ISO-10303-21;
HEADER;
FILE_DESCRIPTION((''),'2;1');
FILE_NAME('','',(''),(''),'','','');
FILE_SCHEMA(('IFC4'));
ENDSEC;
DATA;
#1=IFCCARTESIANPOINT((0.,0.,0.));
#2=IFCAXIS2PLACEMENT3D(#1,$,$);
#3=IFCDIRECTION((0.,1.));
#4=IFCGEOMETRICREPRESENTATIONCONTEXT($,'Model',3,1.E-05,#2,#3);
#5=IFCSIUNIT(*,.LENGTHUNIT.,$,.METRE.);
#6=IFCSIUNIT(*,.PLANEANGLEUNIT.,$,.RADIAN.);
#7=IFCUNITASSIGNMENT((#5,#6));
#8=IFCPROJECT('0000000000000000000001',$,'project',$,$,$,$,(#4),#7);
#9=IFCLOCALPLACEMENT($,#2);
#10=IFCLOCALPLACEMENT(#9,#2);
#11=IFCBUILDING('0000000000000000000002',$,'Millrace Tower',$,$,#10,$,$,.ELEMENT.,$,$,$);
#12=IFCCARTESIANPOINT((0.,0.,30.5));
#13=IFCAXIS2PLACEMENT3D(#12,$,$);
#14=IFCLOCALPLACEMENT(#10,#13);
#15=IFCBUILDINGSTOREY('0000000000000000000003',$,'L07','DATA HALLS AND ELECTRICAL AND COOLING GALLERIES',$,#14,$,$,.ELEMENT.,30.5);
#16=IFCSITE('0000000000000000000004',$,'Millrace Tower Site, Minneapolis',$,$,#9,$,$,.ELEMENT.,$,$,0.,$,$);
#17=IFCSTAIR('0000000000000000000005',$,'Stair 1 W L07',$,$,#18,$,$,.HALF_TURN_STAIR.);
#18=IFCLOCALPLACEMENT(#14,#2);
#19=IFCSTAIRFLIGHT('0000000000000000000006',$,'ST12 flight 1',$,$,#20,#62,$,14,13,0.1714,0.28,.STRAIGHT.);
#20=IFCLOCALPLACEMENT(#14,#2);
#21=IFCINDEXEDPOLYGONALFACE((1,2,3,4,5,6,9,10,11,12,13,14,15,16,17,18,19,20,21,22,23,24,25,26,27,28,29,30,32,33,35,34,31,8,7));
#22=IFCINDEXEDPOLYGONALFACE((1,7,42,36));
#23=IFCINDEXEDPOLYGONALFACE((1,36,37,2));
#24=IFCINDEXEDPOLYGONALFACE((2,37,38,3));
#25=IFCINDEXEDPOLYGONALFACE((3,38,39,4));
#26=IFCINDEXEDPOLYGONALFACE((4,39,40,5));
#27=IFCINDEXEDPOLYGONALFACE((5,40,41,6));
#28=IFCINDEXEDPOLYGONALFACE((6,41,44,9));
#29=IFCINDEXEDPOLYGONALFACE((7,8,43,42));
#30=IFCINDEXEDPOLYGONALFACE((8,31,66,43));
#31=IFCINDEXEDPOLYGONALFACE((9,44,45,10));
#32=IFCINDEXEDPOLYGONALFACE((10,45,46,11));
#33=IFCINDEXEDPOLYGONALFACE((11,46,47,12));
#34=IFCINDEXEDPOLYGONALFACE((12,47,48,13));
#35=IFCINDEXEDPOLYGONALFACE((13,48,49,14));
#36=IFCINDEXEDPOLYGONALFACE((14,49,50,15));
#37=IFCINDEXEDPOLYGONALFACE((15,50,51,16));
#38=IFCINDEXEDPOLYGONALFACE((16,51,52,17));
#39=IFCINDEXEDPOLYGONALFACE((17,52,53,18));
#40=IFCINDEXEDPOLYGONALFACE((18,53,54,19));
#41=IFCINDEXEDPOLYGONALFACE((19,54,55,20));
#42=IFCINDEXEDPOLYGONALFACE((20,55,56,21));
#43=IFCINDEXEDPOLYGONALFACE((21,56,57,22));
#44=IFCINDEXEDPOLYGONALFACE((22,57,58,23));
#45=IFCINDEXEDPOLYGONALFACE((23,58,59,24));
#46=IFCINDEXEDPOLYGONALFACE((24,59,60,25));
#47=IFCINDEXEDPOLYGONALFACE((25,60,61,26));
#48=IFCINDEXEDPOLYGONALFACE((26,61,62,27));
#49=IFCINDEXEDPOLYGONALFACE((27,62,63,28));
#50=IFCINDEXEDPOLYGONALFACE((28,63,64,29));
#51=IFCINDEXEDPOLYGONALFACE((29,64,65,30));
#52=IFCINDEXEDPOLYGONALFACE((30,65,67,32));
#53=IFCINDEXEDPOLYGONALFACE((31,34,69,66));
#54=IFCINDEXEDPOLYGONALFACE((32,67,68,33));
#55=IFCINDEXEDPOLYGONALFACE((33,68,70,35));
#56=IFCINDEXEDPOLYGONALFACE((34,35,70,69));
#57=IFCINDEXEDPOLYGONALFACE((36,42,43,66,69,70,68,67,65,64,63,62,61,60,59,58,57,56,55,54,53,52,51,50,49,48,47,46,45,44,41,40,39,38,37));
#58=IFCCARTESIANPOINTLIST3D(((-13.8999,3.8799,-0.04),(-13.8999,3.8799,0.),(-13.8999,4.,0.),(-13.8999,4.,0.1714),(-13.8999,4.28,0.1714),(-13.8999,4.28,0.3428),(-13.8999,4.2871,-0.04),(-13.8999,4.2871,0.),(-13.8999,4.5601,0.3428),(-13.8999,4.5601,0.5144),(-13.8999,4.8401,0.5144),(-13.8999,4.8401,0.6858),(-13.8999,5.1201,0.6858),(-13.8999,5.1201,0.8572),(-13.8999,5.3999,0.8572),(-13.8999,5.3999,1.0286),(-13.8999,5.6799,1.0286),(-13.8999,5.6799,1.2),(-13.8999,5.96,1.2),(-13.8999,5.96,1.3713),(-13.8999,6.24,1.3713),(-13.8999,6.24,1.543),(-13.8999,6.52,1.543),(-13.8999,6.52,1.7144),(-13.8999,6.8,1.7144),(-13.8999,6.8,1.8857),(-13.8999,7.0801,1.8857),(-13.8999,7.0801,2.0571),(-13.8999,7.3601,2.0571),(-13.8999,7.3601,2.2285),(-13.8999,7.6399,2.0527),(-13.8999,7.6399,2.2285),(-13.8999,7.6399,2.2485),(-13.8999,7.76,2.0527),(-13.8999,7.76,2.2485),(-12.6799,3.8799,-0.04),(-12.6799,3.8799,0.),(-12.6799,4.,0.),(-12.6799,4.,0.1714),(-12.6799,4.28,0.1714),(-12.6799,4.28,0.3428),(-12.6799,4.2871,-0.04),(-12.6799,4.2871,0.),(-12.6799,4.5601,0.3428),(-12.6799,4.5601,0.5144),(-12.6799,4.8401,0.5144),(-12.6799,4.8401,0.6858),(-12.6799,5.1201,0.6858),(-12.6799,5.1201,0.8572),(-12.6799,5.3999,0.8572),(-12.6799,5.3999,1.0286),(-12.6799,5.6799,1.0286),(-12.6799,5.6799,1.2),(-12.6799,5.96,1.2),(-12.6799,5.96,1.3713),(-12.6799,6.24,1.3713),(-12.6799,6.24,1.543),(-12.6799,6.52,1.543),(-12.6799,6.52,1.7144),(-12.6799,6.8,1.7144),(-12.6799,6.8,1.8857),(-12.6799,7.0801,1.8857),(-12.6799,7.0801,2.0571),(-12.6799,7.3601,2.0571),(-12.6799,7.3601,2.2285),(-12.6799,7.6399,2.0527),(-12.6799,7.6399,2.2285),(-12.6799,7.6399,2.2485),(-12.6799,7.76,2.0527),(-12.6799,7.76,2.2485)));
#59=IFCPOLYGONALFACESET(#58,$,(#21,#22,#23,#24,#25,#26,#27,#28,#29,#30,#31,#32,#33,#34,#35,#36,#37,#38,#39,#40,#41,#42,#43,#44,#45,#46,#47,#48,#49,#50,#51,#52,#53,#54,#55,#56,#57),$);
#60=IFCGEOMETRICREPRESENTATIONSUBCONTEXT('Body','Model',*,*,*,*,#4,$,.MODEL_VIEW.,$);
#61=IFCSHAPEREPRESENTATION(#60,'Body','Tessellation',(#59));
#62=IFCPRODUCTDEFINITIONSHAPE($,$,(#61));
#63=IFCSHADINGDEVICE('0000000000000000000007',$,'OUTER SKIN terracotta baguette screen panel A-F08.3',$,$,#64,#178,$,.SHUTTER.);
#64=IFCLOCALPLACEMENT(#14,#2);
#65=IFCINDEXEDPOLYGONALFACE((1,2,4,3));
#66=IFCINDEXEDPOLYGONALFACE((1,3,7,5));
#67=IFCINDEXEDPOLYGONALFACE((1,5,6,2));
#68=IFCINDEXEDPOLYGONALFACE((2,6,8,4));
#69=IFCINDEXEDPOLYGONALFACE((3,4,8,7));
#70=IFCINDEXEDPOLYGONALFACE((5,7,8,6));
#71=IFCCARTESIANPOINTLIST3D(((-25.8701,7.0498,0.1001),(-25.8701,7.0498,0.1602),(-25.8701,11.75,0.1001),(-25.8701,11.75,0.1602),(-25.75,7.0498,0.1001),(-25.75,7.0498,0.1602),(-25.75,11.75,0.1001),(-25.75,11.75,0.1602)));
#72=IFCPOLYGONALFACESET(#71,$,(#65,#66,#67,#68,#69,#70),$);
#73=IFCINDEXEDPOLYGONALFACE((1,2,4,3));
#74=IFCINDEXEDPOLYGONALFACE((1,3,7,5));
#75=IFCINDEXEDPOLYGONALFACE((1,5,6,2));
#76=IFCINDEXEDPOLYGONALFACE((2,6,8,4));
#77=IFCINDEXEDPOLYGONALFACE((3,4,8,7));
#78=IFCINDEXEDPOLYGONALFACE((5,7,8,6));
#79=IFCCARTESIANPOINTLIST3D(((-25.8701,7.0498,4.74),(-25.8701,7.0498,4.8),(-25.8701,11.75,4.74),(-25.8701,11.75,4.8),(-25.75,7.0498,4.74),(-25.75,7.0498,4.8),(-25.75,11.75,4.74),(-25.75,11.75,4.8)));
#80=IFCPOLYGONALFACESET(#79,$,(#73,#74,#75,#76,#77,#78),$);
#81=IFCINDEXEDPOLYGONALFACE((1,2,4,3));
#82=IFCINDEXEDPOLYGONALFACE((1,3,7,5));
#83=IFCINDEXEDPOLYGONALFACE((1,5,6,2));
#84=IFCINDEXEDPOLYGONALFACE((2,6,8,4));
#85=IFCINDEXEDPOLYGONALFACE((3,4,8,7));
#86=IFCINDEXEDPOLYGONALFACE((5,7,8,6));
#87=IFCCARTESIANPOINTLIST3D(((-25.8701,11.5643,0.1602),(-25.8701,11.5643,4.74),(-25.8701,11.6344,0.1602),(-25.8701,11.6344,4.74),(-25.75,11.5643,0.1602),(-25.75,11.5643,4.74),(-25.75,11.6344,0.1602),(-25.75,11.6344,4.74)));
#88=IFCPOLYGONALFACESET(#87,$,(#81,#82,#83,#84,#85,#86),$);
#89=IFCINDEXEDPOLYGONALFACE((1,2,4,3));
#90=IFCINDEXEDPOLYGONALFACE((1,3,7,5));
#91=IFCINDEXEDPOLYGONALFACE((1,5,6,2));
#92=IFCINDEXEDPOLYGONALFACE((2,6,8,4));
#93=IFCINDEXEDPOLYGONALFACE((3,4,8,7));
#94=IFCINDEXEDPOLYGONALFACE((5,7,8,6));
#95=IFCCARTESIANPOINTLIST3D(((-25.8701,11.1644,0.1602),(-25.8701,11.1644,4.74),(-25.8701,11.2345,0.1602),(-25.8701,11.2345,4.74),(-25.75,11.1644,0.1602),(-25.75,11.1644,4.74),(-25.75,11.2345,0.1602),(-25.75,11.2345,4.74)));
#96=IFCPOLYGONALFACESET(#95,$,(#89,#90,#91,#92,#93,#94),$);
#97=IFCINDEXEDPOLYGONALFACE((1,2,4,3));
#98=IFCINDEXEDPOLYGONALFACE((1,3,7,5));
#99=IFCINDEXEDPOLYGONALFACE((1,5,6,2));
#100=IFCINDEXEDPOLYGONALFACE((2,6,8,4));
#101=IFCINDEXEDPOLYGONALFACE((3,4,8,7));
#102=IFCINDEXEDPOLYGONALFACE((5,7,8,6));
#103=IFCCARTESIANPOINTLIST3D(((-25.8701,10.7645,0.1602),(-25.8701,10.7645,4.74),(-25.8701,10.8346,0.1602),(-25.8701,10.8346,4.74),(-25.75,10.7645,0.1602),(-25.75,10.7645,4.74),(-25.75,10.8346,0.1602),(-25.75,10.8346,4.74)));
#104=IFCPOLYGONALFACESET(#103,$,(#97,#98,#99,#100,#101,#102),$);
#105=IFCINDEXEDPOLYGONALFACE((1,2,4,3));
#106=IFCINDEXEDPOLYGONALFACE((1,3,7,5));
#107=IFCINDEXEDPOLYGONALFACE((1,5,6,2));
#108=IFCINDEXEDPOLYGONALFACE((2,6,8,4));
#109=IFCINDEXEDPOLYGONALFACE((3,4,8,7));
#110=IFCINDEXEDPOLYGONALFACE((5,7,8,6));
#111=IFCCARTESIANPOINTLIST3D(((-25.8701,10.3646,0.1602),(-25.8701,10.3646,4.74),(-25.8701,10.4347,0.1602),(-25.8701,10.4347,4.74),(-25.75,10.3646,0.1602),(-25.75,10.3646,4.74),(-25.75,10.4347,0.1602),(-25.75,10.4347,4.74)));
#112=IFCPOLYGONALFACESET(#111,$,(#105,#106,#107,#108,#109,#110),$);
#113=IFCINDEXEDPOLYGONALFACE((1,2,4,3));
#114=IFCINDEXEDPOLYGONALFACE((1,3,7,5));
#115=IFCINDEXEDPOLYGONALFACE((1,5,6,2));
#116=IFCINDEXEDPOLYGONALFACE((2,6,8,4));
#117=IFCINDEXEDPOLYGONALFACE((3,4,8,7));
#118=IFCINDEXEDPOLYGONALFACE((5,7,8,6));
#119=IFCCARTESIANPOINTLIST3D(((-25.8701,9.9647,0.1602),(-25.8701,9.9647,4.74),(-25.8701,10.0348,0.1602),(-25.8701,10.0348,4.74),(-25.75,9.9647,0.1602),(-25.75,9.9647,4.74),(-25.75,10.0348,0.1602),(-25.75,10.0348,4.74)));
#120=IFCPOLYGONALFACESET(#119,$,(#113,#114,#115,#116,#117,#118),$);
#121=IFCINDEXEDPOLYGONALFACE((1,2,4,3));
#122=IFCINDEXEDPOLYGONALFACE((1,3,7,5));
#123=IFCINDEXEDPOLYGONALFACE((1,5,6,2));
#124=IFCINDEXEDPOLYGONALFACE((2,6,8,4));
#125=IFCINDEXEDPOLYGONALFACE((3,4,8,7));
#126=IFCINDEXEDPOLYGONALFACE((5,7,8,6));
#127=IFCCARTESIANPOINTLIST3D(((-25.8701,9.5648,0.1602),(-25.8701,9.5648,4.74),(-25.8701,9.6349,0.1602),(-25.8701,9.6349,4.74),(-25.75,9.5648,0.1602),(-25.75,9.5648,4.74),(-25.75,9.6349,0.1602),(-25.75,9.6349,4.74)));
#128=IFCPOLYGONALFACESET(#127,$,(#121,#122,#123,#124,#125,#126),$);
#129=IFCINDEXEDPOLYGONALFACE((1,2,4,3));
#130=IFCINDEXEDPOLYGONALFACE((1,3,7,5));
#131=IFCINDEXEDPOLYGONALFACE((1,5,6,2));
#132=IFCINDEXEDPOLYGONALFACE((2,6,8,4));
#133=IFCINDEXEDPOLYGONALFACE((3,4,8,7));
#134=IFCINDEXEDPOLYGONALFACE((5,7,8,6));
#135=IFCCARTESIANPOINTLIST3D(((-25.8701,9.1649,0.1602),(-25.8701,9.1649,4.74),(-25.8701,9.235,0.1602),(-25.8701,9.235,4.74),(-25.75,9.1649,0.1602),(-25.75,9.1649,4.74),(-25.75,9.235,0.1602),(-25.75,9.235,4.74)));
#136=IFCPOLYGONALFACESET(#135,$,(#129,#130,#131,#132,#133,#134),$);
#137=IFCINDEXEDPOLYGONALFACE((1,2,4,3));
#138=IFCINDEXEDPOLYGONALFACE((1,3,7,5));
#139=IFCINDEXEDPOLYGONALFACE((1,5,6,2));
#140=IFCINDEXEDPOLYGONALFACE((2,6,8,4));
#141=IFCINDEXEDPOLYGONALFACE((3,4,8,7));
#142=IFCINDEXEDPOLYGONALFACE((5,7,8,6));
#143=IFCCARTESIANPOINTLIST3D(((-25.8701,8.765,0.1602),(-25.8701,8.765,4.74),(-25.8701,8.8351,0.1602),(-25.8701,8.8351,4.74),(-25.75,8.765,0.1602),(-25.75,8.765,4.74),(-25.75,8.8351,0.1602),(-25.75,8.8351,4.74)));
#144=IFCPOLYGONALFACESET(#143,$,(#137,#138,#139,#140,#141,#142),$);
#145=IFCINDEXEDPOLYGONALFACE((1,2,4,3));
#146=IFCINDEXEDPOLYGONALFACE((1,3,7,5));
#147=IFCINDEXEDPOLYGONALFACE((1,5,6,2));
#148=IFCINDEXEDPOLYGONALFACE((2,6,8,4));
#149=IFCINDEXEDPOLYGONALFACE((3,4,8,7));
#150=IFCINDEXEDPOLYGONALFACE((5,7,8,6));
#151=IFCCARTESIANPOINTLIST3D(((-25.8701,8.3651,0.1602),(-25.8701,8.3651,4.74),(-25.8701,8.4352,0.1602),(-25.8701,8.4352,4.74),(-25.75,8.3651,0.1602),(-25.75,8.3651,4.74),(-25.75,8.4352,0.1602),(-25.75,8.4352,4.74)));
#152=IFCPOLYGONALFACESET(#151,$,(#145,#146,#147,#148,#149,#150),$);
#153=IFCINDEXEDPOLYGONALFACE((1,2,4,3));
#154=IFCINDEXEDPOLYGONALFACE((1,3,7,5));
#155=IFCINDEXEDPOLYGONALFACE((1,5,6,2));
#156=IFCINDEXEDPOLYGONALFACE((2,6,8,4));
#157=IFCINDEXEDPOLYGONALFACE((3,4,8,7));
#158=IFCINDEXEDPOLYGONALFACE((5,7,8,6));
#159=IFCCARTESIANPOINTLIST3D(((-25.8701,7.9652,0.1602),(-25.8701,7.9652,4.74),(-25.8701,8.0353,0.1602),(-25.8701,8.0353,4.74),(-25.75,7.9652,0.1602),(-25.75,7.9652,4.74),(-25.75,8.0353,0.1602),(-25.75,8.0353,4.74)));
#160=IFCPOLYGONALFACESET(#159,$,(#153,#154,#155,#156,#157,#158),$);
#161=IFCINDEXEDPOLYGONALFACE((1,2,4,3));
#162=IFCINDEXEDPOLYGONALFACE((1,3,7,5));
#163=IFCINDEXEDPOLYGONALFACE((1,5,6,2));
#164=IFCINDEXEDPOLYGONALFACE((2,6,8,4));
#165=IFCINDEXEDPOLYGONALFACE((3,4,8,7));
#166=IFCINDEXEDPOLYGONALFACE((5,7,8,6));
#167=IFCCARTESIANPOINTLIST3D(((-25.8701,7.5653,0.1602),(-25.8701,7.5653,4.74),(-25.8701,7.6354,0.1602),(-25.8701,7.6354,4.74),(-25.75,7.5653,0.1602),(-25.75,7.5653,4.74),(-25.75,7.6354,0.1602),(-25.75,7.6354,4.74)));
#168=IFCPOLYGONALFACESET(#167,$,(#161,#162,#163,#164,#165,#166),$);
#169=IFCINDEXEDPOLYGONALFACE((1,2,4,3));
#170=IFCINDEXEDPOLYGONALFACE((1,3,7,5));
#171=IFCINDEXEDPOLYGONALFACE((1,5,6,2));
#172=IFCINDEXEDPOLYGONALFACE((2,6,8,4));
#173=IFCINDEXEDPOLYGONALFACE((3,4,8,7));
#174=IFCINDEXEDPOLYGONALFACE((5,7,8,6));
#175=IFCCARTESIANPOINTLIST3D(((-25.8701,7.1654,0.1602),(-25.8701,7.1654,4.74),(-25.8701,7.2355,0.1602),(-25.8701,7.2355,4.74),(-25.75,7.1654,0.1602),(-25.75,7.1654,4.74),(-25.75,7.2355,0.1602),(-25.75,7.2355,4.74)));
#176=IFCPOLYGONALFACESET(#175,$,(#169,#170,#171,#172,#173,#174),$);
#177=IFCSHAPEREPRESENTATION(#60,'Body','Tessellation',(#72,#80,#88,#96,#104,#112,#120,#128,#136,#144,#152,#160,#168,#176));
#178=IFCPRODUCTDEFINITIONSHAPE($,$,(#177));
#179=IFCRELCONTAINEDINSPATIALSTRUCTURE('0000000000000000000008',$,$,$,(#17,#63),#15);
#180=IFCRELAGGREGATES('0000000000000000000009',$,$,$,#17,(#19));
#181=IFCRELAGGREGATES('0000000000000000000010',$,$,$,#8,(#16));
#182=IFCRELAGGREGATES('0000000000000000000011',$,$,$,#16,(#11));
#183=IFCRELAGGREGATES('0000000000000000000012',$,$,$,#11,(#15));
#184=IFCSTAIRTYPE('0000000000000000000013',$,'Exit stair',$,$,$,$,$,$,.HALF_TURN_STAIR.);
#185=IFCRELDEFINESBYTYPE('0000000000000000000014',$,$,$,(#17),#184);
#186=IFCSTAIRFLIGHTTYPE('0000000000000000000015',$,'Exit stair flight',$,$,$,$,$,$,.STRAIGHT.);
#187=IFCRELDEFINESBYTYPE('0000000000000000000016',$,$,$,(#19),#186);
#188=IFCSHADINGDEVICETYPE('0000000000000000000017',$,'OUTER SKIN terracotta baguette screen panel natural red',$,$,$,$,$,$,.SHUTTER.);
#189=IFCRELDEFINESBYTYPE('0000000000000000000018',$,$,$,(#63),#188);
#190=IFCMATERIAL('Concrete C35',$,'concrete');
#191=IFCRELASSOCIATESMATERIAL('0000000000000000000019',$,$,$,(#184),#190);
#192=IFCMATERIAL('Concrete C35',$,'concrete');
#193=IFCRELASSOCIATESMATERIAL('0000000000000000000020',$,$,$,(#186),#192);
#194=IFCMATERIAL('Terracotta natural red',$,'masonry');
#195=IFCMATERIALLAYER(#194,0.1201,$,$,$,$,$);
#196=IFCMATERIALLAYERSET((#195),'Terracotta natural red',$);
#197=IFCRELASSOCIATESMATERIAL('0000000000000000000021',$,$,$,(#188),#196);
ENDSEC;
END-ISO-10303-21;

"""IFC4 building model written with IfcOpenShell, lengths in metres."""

from ifc_helpers import new_model, entity, si_unit, direction, frame, frame_2d, origin, place, context, subcontext, project, spatial, polyline, rectangle, outline, extrude, source, transform, mapped, material, layer, layer_set, type_object, element, aggregate, save


model = new_model("IFC4")

# Units and contexts
model_context = context("Model", 3, precision=1e-05, world=origin(), true_north=direction((0.0, 1.0)))
body_context = subcontext(model_context, "Body", "Model", "MODEL_VIEW")
ifc_project = project(units=[si_unit("LENGTHUNIT", "METRE"), si_unit("PLANEANGLEUNIT", "RADIAN")], contexts=[model_context])

# Site, building, storey
site_placement = place(None, origin())
site = spatial("IfcSite", under=ifc_project, at=site_placement, Name="Millrace Tower Site, Minneapolis", CompositionType="ELEMENT", RefElevation=0.0)
building_placement = place(site_placement, origin())
building = spatial("IfcBuilding", under=site, at=building_placement, Name="Millrace Tower", CompositionType="ELEMENT")
storey_placement = place(building_placement, frame((0.0, 0.0, 30.5)))
storey = spatial("IfcBuildingStorey", under=building, at=storey_placement, Name="L07", Description="DATA HALLS AND ELECTRICAL AND COOLING GALLERIES", CompositionType="ELEMENT", Elevation=30.5)

# Shared definitions
placement = place(storey_placement, origin())

# Stair, stair flight
ifc_material_1 = material(Name="Concrete C35", Category="concrete")
stair_type = type_object("IfcStairType", Name="Exit stair", PredefinedType="HALF_TURN_STAIR", material=ifc_material_1)
stair = element("IfcStair", 1, at=placement, inside=storey, type_object=stair_type, Name="Stair 1 W L07", PredefinedType="HALF_TURN_STAIR")
ifc_material_2 = material(Name="Concrete C35", Category="concrete")
stair_flight_type = type_object("IfcStairFlightType", Name="Exit stair flight", PredefinedType="STRAIGHT", material=ifc_material_2)
stair_flight_placement = place(storey_placement, frame((-13.29, 4.0, 0.0), z_axis=(0.0, 0.0, 1.0), x_axis=(0.0, 1.0, 0.0)))
stair_flight = element("IfcStairFlight", 2, at=stair_flight_placement, type_object=stair_flight_type, Name="ST12 flight 1", NumberOfRisers=14, NumberOfTreads=13, PredefinedType="STRAIGHT", RiserHeight=0.1714, TreadLength=0.28, context=body_context, shape_type="SweptSolid", body=[
    extrude(outline(polyline([(-0.1201, -0.04), (-0.1201, 0.0), (0.0, 0.0), (0.0, 0.1714), (0.28, 0.1714), (0.28, 0.3428), (0.5601, 0.3428), (0.5601, 0.5144), (0.8401, 0.5144), (0.8401, 0.6858), (1.1201, 0.6858), (1.1201, 0.8572), (1.3999, 0.8572), (1.3999, 1.0286), (1.6799, 1.0286), (1.6799, 1.2), (1.96, 1.2), (1.96, 1.3713), (2.24, 1.3713), (2.24, 1.543), (2.52, 1.543), (2.52, 1.7144), (2.8, 1.7144), (2.8, 1.8857), (3.0801, 1.8857), (3.0801, 2.0571), (3.3601, 2.0571), (3.3601, 2.2285), (3.6399, 2.2285), (3.6399, 2.2485), (3.76, 2.2485), (3.76, 2.0527), (3.6399, 2.0527), (0.2871, 0.0), (0.2871, -0.04), (-0.1201, -0.04)])), frame((0.0, 0.6099, 0.0), z_axis=(0.0, -1.0, 0.0), x_axis=(1.0, 0.0, 0.0)), (0.0, 0.0, 1.0), 1.22),
])
aggregate(stair, [stair_flight])

# Shading device
cartesian_point = entity("IfcCartesianPoint", [-2.3501, 0.0601])
shared_polyline = entity("IfcPolyline", [cartesian_point, entity("IfcCartesianPoint", [2.3501, 0.0601]), entity("IfcCartesianPoint", [2.3501, -0.0601]), entity("IfcCartesianPoint", [-2.3501, -0.0601]), cartesian_point])
ifc_material_3 = material(Name="Terracotta natural red", Category="masonry")
ifc_layer_1 = layer(ifc_material_3, 0.1201)
ifc_layer_set_1 = layer_set([ifc_layer_1], Name="Terracotta natural red")
shading_device_type_1 = type_object("IfcShadingDeviceType", Name="OUTER SKIN terracotta baguette screen panel natural red", PredefinedType="SHUTTER", material=ifc_layer_set_1)
shared_shape_1 = source(origin(), body_context, "Body", "SweptSolid", [
    entity("IfcExtrudedAreaSolid", entity("IfcArbitraryClosedProfileDef", "AREA", None, shared_polyline), entity("IfcAxis2Placement3D", entity("IfcCartesianPoint", [0.0, 0.0, 0.0])), entity("IfcDirection", [0.0, 0.0, 1.0]), 0.0601),
    entity("IfcExtrudedAreaSolid", entity("IfcArbitraryClosedProfileDef", "AREA", None, shared_polyline), entity("IfcAxis2Placement3D", entity("IfcCartesianPoint", [0.0, 0.0, 4.6399])), entity("IfcDirection", [0.0, 0.0, 1.0]), 0.0601),
    extrude(rectangle(XDim=0.0701, YDim=0.1201, at=frame_2d((-2.1995, 0.0))), frame((0.0, 0.0, 0.0601)), (0.0, 0.0, 1.0), 4.5798),
    extrude(rectangle(XDim=0.0701, YDim=0.1201, at=frame_2d((-1.7996, 0.0))), frame((0.0, 0.0, 0.0601)), (0.0, 0.0, 1.0), 4.5798),
    extrude(rectangle(XDim=0.0701, YDim=0.1201, at=frame_2d((-1.3997, 0.0))), frame((0.0, 0.0, 0.0601)), (0.0, 0.0, 1.0), 4.5798),
    extrude(rectangle(XDim=0.0701, YDim=0.1201, at=frame_2d((-0.9998, 0.0))), frame((0.0, 0.0, 0.0601)), (0.0, 0.0, 1.0), 4.5798),
    extrude(rectangle(XDim=0.0701, YDim=0.1201, at=frame_2d((-0.5999, 0.0))), frame((0.0, 0.0, 0.0601)), (0.0, 0.0, 1.0), 4.5798),
    extrude(rectangle(XDim=0.0701, YDim=0.1201, at=frame_2d((-0.2, 0.0))), frame((0.0, 0.0, 0.0601)), (0.0, 0.0, 1.0), 4.5798),
    extrude(rectangle(XDim=0.0701, YDim=0.1201, at=frame_2d((0.2, 0.0))), frame((0.0, 0.0, 0.0601)), (0.0, 0.0, 1.0), 4.5798),
    extrude(rectangle(XDim=0.0701, YDim=0.1201, at=frame_2d((0.5999, 0.0))), frame((0.0, 0.0, 0.0601)), (0.0, 0.0, 1.0), 4.5798),
    extrude(rectangle(XDim=0.0701, YDim=0.1201, at=frame_2d((0.9998, 0.0))), frame((0.0, 0.0, 0.0601)), (0.0, 0.0, 1.0), 4.5798),
    extrude(rectangle(XDim=0.0701, YDim=0.1201, at=frame_2d((1.3997, 0.0))), frame((0.0, 0.0, 0.0601)), (0.0, 0.0, 1.0), 4.5798),
    extrude(rectangle(XDim=0.0701, YDim=0.1201, at=frame_2d((1.7996, 0.0))), frame((0.0, 0.0, 0.0601)), (0.0, 0.0, 1.0), 4.5798),
    extrude(rectangle(XDim=0.0701, YDim=0.1201, at=frame_2d((2.1995, 0.0))), frame((0.0, 0.0, 0.0601)), (0.0, 0.0, 1.0), 4.5798),
])
for number, where, z_axis, x_axis, name in (
    (3, (-25.8101, 9.3999, 0.1001), (0.0, 0.0, 1.0), (0.0, -1.0, 0.0), "OUTER SKIN terracotta baguette screen panel A-F08.3"),
):
    element("IfcShadingDevice", number, at=place(storey_placement, frame(where, z_axis=z_axis, x_axis=x_axis)), inside=storey, type_object=shading_device_type_1, Name=name, PredefinedType="SHUTTER", context=body_context, shape_type="MappedRepresentation", body=[
        mapped(shared_shape_1, transform((0.0, 0.0, 0.0), scale=1.0)),
    ])

save(model, "model.ifc")
